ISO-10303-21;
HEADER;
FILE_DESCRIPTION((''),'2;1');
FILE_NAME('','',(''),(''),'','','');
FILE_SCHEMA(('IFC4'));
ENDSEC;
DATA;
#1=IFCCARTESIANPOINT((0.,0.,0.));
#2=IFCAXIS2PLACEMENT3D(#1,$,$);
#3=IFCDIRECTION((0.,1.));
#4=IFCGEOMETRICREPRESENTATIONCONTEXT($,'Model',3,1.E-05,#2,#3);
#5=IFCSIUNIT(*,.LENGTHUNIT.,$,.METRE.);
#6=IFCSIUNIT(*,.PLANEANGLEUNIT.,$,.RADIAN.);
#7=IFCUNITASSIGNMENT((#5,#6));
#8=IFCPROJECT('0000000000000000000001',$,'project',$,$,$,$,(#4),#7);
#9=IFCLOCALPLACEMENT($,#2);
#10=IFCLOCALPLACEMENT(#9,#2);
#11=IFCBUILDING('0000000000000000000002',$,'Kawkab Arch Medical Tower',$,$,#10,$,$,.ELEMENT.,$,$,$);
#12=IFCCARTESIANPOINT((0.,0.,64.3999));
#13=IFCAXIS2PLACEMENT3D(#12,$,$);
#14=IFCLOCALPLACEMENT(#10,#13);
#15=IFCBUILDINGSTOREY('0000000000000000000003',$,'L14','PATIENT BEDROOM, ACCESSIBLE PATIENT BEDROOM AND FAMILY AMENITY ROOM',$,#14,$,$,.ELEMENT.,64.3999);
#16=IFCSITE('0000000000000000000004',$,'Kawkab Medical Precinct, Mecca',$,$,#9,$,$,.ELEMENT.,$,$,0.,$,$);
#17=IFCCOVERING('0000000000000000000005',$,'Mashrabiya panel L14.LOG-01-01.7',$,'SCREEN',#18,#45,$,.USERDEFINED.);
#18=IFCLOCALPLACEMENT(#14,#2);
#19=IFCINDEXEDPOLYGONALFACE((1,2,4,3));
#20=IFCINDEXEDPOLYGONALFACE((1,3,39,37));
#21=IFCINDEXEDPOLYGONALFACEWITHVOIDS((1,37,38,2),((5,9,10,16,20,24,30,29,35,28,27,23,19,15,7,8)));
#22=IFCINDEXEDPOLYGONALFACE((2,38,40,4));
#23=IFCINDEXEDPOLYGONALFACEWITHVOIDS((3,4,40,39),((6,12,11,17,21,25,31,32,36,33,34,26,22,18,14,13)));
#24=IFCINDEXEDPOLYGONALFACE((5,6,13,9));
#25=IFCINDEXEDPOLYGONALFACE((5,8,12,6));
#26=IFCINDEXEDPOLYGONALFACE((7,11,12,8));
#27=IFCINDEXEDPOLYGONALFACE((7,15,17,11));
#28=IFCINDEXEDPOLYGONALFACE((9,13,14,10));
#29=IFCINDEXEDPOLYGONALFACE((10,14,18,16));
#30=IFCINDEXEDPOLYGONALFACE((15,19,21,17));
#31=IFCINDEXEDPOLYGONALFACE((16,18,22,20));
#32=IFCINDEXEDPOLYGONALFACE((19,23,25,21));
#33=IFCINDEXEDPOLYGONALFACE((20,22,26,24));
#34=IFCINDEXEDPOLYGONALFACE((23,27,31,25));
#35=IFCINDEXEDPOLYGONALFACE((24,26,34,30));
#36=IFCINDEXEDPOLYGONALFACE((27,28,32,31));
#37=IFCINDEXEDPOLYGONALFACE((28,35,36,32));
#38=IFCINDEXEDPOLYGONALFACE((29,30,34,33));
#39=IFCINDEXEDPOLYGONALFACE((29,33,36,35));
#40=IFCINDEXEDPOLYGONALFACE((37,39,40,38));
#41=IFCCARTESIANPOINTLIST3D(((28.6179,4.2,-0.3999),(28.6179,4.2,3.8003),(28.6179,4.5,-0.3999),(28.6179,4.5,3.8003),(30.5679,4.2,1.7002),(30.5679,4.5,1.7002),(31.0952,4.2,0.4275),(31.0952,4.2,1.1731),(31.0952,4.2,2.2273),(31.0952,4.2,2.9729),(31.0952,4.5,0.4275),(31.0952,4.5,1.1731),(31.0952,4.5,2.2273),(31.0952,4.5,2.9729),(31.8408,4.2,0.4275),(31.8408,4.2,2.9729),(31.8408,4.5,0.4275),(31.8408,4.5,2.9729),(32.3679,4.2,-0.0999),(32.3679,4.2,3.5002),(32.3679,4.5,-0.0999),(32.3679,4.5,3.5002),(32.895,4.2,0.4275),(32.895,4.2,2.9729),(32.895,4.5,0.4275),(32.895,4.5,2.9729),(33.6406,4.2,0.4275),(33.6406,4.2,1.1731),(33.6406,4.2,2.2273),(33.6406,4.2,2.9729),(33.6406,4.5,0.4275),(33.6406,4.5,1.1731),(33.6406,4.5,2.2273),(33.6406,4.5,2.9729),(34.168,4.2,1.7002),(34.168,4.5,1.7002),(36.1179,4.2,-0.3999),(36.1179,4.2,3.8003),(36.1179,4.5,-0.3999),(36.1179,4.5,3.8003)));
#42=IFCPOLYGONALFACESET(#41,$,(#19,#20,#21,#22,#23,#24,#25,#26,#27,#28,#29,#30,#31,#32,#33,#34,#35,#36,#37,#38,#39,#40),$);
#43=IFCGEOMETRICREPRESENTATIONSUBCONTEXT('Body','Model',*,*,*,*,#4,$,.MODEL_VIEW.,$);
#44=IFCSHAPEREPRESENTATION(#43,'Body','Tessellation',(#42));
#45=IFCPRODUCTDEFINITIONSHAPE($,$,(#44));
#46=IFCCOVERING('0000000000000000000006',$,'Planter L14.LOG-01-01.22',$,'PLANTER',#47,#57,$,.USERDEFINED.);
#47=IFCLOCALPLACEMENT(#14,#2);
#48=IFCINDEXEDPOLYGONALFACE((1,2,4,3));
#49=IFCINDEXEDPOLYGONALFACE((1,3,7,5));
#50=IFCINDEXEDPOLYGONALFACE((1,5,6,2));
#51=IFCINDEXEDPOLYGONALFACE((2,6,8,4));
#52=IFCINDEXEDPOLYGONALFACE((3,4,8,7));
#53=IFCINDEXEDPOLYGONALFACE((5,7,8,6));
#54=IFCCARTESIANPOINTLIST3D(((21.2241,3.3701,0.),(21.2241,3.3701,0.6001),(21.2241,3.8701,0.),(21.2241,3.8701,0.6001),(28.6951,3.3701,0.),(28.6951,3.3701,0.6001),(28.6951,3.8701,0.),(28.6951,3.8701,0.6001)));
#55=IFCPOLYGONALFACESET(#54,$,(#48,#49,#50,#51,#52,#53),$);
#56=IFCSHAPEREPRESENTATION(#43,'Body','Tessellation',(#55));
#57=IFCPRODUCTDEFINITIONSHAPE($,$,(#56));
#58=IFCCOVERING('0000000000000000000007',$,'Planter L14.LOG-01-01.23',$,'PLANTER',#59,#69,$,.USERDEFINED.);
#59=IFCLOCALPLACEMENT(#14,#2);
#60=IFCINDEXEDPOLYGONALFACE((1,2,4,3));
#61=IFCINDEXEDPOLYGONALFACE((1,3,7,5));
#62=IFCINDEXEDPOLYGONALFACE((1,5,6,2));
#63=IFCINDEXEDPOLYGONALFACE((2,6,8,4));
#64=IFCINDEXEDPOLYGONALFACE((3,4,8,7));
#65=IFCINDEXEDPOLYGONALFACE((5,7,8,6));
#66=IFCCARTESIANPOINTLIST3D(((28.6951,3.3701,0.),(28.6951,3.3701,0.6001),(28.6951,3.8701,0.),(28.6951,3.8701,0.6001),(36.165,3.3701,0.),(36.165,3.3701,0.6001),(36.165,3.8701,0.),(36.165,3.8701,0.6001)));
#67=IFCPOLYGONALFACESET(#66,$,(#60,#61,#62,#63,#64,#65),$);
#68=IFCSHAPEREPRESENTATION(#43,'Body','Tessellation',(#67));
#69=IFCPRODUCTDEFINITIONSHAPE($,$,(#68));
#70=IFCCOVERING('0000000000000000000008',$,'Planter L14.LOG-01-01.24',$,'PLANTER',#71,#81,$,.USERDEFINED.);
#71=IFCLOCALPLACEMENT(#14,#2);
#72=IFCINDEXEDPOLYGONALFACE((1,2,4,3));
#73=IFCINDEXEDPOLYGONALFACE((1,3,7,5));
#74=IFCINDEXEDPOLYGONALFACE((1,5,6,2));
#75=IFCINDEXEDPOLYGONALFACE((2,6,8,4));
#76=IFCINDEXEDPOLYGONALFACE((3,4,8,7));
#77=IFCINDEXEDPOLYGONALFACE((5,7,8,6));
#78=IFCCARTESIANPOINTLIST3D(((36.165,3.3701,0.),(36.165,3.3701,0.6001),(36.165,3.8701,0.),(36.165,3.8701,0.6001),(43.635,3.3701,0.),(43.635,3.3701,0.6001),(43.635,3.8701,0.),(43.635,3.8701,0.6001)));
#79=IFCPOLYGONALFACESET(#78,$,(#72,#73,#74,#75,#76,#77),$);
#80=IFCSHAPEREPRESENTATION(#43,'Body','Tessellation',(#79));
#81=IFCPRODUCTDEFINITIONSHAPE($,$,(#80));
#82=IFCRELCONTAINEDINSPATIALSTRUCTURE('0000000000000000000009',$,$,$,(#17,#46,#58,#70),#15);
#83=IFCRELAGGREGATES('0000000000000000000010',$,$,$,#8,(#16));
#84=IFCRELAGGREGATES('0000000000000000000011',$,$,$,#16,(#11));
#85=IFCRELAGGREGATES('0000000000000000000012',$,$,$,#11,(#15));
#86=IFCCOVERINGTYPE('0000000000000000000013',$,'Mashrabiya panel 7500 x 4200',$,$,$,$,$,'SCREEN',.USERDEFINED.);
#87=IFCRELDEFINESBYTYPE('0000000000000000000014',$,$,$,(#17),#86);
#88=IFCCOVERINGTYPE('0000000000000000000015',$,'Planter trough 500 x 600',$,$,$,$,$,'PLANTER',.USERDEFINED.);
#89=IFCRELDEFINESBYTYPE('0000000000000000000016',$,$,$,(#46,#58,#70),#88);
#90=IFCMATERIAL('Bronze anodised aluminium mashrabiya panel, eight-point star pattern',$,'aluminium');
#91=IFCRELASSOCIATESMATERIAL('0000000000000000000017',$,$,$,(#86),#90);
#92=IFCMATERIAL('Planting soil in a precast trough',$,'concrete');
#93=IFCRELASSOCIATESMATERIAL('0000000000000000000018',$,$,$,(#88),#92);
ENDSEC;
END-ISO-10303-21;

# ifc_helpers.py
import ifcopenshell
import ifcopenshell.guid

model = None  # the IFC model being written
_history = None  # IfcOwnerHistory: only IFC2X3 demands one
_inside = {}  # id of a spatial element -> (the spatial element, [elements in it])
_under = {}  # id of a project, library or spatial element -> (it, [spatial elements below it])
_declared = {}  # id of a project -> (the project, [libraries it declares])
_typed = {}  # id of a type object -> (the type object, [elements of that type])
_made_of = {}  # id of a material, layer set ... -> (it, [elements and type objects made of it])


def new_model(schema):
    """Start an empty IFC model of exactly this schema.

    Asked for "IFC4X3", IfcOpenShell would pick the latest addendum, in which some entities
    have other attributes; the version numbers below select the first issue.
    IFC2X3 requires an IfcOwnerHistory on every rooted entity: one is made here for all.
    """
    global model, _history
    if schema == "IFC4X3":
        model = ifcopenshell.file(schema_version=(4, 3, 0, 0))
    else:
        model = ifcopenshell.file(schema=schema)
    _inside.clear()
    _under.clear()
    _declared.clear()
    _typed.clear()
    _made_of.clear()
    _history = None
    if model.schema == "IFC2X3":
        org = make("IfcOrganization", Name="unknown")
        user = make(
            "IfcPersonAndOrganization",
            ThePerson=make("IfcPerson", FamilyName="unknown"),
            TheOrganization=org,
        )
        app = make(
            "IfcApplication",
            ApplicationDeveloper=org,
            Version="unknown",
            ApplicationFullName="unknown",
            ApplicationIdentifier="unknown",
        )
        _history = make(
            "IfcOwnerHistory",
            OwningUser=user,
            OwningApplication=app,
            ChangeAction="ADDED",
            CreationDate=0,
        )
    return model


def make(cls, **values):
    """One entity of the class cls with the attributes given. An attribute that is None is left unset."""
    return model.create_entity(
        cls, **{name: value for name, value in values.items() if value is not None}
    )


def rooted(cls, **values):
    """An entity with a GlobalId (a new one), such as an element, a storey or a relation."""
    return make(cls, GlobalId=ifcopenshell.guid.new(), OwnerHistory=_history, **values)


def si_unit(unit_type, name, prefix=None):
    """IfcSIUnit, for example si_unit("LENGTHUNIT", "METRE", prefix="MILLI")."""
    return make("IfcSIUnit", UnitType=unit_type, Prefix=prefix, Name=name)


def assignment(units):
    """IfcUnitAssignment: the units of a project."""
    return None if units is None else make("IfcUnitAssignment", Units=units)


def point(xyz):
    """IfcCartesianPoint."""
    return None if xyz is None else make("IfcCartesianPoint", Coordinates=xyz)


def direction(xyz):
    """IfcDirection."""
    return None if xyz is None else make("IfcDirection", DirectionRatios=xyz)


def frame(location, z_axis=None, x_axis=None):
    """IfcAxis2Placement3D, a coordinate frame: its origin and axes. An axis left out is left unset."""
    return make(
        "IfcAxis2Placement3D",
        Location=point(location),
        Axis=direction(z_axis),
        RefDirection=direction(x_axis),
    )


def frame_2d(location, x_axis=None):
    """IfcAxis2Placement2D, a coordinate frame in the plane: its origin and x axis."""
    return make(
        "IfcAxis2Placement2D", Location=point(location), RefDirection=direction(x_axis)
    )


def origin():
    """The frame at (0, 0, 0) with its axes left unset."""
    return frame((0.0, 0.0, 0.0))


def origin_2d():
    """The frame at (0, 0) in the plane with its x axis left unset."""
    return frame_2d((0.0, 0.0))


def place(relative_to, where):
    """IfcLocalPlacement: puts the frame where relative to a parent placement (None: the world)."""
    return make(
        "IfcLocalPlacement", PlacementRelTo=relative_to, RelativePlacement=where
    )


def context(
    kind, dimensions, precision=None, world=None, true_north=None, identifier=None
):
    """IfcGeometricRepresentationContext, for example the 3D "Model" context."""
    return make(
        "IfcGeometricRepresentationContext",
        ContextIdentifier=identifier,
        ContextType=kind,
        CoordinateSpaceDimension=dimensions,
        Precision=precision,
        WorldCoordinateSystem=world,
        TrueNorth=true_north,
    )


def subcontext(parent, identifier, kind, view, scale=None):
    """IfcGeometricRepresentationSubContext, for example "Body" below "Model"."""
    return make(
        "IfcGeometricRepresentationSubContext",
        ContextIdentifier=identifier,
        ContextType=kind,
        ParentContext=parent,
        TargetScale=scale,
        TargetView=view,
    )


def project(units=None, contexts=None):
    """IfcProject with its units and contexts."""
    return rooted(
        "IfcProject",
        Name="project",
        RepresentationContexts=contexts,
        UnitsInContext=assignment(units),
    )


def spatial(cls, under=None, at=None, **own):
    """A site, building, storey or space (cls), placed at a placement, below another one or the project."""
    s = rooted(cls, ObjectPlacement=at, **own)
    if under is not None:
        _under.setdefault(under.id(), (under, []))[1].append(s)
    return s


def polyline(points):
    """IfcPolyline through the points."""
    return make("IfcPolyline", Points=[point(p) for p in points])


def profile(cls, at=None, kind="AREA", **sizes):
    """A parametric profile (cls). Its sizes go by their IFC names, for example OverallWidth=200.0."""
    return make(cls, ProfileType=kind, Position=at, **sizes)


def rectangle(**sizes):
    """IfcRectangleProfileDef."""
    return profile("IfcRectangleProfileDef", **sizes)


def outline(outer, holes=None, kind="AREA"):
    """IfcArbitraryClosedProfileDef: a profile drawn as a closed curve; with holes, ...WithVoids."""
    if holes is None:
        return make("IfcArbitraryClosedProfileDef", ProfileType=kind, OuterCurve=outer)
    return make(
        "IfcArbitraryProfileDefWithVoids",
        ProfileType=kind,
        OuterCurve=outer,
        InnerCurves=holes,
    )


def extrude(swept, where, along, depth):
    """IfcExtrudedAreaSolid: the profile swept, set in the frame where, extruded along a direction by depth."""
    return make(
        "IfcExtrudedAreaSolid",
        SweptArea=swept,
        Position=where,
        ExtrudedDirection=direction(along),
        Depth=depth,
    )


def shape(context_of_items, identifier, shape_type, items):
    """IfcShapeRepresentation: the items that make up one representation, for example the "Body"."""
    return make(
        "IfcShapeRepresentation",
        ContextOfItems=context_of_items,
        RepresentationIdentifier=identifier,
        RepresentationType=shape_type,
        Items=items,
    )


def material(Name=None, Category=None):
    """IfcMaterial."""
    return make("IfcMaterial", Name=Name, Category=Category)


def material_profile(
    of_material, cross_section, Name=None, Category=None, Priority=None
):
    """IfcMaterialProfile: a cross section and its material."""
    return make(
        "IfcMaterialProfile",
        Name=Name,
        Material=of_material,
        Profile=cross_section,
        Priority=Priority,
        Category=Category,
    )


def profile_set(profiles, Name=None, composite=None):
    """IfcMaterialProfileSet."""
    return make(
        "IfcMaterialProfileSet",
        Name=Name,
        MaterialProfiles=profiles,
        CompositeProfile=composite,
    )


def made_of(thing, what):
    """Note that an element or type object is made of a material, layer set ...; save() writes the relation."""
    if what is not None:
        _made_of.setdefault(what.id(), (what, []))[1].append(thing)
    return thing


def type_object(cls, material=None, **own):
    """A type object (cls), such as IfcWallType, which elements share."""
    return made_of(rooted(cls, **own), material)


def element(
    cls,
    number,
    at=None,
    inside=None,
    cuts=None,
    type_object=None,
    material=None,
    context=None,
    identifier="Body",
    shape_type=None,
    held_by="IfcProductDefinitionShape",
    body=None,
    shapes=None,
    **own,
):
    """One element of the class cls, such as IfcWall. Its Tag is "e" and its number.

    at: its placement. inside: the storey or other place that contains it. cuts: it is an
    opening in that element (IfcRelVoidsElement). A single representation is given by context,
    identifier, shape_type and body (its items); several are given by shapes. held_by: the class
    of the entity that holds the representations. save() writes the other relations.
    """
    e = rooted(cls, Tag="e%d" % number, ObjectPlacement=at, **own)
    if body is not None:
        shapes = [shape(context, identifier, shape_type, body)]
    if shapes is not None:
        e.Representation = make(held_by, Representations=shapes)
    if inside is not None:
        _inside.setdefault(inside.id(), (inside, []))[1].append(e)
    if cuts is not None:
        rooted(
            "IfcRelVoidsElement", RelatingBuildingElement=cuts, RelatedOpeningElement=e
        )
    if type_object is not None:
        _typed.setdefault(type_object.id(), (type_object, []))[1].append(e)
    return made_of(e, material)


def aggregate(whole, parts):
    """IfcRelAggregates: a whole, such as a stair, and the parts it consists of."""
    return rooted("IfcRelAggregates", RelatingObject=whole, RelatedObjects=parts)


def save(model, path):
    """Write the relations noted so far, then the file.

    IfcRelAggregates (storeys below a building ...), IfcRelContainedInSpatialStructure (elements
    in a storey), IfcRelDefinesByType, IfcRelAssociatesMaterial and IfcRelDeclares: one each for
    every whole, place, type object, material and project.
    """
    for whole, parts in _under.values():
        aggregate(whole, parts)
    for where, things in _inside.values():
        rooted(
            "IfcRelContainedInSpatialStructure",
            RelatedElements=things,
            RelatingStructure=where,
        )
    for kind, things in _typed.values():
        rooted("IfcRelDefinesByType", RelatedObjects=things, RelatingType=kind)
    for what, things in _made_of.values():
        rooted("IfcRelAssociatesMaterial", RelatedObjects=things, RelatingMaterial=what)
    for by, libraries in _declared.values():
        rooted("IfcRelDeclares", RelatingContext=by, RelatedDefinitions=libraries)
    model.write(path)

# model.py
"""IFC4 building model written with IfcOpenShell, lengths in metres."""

from ifc_helpers import new_model, si_unit, direction, frame, origin, origin_2d, place, context, subcontext, project, spatial, polyline, rectangle, outline, extrude, material, material_profile, profile_set, type_object, element, save


model = new_model("IFC4")

# Units and contexts
model_context = context("Model", 3, precision=1e-05, world=origin(), true_north=direction((0.0, 1.0)))
body_context = subcontext(model_context, "Body", "Model", "MODEL_VIEW")
ifc_project = project(units=[si_unit("LENGTHUNIT", "METRE"), si_unit("PLANEANGLEUNIT", "RADIAN")], contexts=[model_context])

# Site, building, storey
site_placement = place(None, origin())
site = spatial("IfcSite", under=ifc_project, at=site_placement, Name="Kawkab Medical Precinct, Mecca", CompositionType="ELEMENT", RefElevation=0.0)
building_placement = place(site_placement, origin())
building = spatial("IfcBuilding", under=site, at=building_placement, Name="Kawkab Arch Medical Tower", CompositionType="ELEMENT")
storey_placement = place(building_placement, frame((0.0, 0.0, 64.3999)))
storey = spatial("IfcBuildingStorey", under=building, at=storey_placement, Name="L14", Description="PATIENT BEDROOM, ACCESSIBLE PATIENT BEDROOM AND FAMILY AMENITY ROOM", CompositionType="ELEMENT", Elevation=64.3999)

# Coverings
ifc_material_1 = material(Name="Bronze anodised aluminium mashrabiya panel, eight-point star pattern", Category="aluminium")
ifc_material_profile_1 = material_profile(ifc_material_1, outline(polyline([(-3.75, -2.1001), (3.75, -2.1001), (3.75, 2.1001), (-3.75, 2.1001), (-3.75, -2.1001)]), holes=[polyline([(1.8, 0.0), (1.2727, 0.5271), (1.2727, 1.2727), (0.5271, 1.2727), (0.0, 1.8), (-0.5271, 1.2727), (-1.2727, 1.2727), (-1.2727, 0.5271), (-1.8, 0.0), (-1.2727, -0.5271), (-1.2727, -1.2727), (-0.5271, -1.2727), (0.0, -1.8), (0.5271, -1.2727), (1.2727, -1.2727), (1.2727, -0.5271), (1.8, 0.0)])]), Name="Mashrabiya panel 7500x4200")
ifc_profile_set_1 = profile_set([ifc_material_profile_1], Name="Bronze anodised aluminium mashrabiya panel, eight-point star pattern")
covering_type_1 = type_object("IfcCoveringType", Name="Mashrabiya panel 7500 x 4200", ElementType="SCREEN", PredefinedType="USERDEFINED", material=ifc_profile_set_1)
covering_1_placement = place(storey_placement, frame((32.3679, 4.2, 1.7002), z_axis=(0.0, 1.0, 0.0), x_axis=(-1.0, 0.0, 0.0)))
element("IfcCovering", 1, at=covering_1_placement, inside=storey, type_object=covering_type_1, Name="Mashrabiya panel L14.LOG-01-01.7", ObjectType="SCREEN", PredefinedType="USERDEFINED", context=body_context, shape_type="SweptSolid", body=[
    extrude(outline(polyline([(-3.75, -2.1001), (3.75, -2.1001), (3.75, 2.1001), (-3.75, 2.1001), (-3.75, -2.1001)]), holes=[polyline([(1.8, 0.0), (1.2727, 0.5271), (1.2727, 1.2727), (0.5271, 1.2727), (0.0, 1.8), (-0.5271, 1.2727), (-1.2727, 1.2727), (-1.2727, 0.5271), (-1.8, 0.0), (-1.2727, -0.5271), (-1.2727, -1.2727), (-0.5271, -1.2727), (0.0, -1.8), (0.5271, -1.2727), (1.2727, -1.2727), (1.2727, -0.5271), (1.8, 0.0)])]), origin(), (0.0, 0.0, 1.0), 0.3),
])
ifc_material_2 = material(Name="Planting soil in a precast trough", Category="concrete")
ifc_material_profile_2 = material_profile(ifc_material_2, rectangle(XDim=0.5, YDim=0.6001, at=origin_2d()), Name="Trough 500x600")
ifc_profile_set_2 = profile_set([ifc_material_profile_2], Name="Planting soil in a precast trough")
covering_type_2 = type_object("IfcCoveringType", Name="Planter trough 500 x 600", ElementType="PLANTER", PredefinedType="USERDEFINED", material=ifc_profile_set_2)
covering_2_placement = place(storey_placement, frame((21.2241, 3.6201, 0.3), z_axis=(1.0, 0.0, 0.0), x_axis=(0.0, 1.0, 0.0)))
element("IfcCovering", 2, at=covering_2_placement, inside=storey, type_object=covering_type_2, Name="Planter L14.LOG-01-01.22", ObjectType="PLANTER", PredefinedType="USERDEFINED", context=body_context, shape_type="SweptSolid", body=[
    extrude(rectangle(XDim=0.5, YDim=0.6001, at=origin_2d()), origin(), (0.0, 0.0, 1.0), 7.4709),
])
for number, where, z_axis, x_axis, name in (
    (3, (28.6951, 3.6201, 0.3), (1.0, 0.0, 0.0), (0.0, 1.0, 0.0), "Planter L14.LOG-01-01.23"),
    (4, (36.165, 3.6201, 0.3), (1.0, 0.0, 0.0), (0.0, 1.0, 0.0), "Planter L14.LOG-01-01.24"),
):
    element("IfcCovering", number, at=place(storey_placement, frame(where, z_axis=z_axis, x_axis=x_axis)), inside=storey, type_object=covering_type_2, Name=name, ObjectType="PLANTER", PredefinedType="USERDEFINED", context=body_context, shape_type="SweptSolid", body=[
        extrude(rectangle(XDim=0.5, YDim=0.6001, at=origin_2d()), origin(), (0.0, 0.0, 1.0), 7.47),
    ])

save(model, "model.ifc")
